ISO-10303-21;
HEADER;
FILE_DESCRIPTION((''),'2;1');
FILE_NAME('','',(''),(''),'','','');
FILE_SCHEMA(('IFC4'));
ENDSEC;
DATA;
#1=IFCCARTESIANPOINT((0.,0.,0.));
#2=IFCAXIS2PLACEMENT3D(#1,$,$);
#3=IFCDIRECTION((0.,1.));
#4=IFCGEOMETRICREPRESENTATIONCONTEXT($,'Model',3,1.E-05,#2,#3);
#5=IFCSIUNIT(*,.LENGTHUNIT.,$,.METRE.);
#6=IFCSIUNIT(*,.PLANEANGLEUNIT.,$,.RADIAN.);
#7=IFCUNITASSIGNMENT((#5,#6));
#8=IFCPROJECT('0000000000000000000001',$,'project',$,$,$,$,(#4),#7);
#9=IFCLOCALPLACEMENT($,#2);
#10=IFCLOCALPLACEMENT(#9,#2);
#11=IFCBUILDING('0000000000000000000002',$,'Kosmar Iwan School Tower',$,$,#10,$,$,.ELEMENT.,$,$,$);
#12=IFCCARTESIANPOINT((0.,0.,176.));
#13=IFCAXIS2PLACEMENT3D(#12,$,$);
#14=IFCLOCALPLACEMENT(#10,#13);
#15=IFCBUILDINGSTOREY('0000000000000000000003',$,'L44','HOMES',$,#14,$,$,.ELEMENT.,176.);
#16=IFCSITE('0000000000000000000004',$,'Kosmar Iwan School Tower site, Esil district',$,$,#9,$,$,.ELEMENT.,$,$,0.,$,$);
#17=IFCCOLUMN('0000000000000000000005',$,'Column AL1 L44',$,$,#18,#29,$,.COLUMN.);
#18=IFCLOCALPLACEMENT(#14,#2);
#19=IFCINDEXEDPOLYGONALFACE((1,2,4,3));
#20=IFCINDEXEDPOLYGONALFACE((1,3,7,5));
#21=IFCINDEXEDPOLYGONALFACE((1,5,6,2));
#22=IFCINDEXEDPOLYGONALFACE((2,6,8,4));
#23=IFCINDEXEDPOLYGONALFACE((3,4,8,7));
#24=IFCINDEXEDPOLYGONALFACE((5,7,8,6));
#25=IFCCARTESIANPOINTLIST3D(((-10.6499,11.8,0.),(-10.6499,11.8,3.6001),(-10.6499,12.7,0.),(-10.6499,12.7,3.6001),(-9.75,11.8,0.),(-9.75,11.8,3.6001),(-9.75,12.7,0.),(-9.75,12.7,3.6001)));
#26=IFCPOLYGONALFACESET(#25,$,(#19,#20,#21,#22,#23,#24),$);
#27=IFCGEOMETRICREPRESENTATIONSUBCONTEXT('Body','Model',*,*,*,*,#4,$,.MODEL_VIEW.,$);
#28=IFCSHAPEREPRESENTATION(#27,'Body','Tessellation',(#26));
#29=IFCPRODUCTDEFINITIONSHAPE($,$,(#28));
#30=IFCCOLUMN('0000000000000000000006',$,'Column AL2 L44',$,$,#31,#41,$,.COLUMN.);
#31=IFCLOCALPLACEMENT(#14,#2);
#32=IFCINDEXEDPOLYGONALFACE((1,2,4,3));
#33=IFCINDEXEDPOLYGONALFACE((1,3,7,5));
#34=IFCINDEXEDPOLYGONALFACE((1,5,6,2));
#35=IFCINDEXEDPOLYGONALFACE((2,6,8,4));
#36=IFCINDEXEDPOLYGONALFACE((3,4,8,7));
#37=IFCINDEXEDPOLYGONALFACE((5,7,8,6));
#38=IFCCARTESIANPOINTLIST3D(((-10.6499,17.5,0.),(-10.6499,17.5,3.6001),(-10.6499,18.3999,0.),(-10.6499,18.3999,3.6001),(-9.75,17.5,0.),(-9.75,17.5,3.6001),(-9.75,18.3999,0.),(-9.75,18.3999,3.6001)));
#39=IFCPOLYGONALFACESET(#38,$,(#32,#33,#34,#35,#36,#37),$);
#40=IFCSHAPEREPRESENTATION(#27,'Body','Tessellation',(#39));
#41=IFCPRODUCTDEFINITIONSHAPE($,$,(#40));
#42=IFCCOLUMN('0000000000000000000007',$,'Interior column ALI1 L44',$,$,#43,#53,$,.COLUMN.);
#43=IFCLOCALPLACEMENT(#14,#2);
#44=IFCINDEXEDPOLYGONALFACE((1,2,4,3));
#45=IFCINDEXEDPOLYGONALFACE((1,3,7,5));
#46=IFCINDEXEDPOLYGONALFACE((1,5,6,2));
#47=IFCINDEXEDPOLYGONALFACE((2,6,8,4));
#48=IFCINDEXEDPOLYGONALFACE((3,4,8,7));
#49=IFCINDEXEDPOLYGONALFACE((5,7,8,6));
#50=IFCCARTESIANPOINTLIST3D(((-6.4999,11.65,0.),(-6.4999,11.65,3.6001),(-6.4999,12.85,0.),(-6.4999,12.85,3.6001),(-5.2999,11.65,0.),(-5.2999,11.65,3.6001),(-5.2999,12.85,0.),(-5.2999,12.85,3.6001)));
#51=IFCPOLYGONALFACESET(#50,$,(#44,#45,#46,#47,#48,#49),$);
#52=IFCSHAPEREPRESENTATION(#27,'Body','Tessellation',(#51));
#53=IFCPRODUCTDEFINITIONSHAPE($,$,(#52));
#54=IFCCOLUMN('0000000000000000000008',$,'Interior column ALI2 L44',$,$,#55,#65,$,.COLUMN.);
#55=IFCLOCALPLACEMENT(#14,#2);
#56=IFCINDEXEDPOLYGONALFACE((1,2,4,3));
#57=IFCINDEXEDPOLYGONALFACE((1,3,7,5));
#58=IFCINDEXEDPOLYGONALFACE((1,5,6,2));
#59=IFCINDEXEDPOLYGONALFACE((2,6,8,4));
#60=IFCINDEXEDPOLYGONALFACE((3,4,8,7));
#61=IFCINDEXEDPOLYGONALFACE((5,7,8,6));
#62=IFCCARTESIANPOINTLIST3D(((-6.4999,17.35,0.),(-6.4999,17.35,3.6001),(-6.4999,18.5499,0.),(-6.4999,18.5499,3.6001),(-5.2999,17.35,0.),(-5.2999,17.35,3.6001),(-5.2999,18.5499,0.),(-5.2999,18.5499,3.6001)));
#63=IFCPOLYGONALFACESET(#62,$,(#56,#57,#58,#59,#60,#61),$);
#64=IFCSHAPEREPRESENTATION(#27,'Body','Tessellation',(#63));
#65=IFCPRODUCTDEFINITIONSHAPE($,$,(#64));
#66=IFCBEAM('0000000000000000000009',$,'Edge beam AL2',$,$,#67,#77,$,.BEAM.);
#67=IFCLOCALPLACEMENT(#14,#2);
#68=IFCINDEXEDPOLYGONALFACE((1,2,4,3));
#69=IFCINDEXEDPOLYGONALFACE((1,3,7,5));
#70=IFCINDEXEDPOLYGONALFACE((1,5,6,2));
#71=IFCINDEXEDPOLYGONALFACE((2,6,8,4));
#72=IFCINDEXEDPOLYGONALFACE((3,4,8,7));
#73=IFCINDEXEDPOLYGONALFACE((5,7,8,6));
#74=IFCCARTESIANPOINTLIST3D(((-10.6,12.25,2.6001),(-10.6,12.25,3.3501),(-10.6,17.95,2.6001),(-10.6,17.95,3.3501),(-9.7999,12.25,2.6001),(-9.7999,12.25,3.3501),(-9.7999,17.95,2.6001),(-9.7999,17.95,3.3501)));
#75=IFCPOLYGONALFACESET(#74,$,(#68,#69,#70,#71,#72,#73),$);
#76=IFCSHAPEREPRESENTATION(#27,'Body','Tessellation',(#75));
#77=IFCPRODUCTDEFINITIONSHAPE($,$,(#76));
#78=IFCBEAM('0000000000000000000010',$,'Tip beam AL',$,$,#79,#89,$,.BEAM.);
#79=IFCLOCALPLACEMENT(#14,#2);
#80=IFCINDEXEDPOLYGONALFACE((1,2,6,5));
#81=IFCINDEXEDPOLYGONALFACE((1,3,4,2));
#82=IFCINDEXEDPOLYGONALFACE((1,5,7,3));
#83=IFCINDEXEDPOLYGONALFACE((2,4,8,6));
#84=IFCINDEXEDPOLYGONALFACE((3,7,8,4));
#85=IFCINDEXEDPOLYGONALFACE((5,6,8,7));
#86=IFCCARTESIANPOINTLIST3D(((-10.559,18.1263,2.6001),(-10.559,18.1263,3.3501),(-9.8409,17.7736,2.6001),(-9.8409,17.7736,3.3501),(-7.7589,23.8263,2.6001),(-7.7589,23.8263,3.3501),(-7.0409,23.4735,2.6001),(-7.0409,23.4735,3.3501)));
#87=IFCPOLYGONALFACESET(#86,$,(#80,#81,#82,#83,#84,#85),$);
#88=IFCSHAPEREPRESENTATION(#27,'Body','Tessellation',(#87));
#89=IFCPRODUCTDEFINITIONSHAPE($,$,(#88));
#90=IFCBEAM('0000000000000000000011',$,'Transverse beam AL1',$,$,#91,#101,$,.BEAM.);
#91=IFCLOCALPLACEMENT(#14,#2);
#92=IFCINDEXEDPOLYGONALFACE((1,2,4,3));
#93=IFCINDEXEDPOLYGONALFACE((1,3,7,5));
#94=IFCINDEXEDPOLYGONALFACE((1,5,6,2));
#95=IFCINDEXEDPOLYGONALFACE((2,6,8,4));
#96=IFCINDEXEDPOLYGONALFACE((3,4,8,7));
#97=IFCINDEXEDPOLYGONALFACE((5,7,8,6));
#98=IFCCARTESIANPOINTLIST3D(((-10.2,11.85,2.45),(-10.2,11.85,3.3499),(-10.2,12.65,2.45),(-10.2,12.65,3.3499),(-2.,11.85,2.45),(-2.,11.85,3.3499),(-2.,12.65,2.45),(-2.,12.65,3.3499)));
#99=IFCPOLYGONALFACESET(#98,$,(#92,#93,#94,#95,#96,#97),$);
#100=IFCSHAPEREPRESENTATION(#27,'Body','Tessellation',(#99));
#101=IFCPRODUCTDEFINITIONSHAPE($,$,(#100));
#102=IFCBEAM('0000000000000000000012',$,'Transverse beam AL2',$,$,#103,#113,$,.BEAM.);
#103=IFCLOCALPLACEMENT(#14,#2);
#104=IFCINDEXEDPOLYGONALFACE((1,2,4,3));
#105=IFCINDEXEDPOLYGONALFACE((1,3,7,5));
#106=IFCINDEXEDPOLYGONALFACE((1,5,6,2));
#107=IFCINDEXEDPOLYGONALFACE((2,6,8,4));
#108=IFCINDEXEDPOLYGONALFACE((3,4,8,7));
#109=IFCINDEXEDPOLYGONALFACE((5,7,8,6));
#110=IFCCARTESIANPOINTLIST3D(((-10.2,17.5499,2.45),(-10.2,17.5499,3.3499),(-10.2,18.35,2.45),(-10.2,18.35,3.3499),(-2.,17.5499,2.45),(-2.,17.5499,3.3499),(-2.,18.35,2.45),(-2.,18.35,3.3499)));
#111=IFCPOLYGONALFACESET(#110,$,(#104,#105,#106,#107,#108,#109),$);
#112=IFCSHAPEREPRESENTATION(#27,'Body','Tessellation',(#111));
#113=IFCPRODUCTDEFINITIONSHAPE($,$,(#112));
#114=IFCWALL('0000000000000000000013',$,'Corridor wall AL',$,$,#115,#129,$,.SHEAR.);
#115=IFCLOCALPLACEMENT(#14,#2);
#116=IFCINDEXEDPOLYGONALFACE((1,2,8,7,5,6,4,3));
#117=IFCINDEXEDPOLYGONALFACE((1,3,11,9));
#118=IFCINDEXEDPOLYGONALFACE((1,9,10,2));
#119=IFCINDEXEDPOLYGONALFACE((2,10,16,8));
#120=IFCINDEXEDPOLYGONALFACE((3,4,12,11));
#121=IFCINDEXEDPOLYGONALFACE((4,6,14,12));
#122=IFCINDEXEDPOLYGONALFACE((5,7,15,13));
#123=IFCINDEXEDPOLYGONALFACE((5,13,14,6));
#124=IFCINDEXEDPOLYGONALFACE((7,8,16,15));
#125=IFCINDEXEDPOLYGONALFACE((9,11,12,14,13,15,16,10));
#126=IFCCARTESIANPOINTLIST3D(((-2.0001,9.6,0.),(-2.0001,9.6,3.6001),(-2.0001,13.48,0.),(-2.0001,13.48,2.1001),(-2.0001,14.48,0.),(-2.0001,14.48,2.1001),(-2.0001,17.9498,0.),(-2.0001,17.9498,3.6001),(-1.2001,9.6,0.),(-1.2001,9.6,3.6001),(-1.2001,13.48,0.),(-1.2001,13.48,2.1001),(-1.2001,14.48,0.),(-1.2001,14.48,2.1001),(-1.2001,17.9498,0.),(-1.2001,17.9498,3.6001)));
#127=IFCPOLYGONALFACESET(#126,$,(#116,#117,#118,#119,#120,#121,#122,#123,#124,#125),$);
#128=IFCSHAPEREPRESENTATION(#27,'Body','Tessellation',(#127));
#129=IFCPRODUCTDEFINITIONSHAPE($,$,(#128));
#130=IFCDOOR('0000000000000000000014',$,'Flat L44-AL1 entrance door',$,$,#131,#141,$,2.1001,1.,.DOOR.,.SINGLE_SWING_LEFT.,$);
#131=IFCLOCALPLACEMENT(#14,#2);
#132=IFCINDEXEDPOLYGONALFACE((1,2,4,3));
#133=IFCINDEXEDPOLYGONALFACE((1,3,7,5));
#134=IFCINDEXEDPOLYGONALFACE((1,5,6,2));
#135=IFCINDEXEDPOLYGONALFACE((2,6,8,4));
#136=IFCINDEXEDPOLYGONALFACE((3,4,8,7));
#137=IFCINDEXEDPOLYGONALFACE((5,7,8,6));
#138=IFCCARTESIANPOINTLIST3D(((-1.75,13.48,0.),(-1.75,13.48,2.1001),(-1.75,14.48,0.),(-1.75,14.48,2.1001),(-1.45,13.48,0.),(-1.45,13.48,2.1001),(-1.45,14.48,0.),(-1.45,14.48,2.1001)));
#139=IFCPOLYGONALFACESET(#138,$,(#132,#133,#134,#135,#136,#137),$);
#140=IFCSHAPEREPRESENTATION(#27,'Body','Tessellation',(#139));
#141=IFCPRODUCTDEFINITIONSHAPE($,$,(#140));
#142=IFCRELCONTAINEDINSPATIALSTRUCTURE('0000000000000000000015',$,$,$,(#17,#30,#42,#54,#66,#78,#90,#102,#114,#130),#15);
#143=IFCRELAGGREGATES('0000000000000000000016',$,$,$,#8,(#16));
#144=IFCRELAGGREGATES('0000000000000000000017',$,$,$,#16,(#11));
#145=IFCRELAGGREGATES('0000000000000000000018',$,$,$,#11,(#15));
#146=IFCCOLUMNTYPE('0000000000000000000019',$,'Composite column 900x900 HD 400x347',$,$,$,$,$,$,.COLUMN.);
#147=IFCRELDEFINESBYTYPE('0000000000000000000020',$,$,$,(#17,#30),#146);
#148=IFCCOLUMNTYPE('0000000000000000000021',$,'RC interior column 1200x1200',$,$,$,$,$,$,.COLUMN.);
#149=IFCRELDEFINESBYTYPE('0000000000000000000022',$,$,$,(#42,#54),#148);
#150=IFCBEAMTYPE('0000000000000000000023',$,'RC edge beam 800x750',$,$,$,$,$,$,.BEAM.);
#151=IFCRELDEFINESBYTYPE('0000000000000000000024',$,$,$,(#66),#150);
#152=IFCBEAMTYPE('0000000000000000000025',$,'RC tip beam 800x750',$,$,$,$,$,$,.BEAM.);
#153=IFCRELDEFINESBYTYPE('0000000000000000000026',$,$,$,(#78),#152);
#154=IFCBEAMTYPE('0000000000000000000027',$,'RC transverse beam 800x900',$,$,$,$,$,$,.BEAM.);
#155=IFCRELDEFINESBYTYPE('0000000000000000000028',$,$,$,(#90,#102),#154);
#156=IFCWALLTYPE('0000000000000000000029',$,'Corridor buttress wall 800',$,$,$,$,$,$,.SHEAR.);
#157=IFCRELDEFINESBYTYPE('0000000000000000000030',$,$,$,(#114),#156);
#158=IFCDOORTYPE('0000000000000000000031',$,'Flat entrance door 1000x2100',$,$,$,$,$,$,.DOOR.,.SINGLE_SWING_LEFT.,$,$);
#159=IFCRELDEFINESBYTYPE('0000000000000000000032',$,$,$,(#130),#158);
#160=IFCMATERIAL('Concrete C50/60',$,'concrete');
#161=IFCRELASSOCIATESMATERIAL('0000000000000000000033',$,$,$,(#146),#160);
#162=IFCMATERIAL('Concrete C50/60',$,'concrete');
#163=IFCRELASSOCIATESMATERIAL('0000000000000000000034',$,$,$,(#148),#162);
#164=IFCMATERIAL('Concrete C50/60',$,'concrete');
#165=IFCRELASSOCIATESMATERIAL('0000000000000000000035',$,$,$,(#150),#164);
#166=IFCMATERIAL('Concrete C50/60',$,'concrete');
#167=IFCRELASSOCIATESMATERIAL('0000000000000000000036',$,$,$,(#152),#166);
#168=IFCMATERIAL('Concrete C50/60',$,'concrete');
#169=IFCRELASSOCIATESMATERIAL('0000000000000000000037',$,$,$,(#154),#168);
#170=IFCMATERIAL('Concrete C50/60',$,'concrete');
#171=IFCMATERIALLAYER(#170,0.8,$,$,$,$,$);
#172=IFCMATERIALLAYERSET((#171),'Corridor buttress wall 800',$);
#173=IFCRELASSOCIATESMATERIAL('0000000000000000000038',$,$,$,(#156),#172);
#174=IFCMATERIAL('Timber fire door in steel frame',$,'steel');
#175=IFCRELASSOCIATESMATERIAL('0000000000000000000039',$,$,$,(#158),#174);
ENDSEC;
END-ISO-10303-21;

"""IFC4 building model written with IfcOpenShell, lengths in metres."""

from ifc_helpers import new_model, si_unit, direction, frame, frame_2d, origin, origin_2d, place, context, subcontext, project, spatial, rectangle, extrude, material, layer, layer_set, material_profile, profile_set, type_object, element, fill, save


model = new_model("IFC4")

# Units and contexts
model_context = context("Model", 3, precision=1e-05, world=origin(), true_north=direction((0.0, 1.0)))
body_context = subcontext(model_context, "Body", "Model", "MODEL_VIEW")
ifc_project = project(units=[si_unit("LENGTHUNIT", "METRE"), si_unit("PLANEANGLEUNIT", "RADIAN")], contexts=[model_context])

# Site, building, storey
site_placement = place(None, origin())
site = spatial("IfcSite", under=ifc_project, at=site_placement, Name="Kosmar Iwan School Tower site, Esil district", CompositionType="ELEMENT", RefElevation=0.0)
building_placement = place(site_placement, origin())
building = spatial("IfcBuilding", under=site, at=building_placement, Name="Kosmar Iwan School Tower", CompositionType="ELEMENT")
storey_placement = place(building_placement, frame((0.0, 0.0, 176.0)))
storey = spatial("IfcBuildingStorey", under=building, at=storey_placement, Name="L44", Description="HOMES", CompositionType="ELEMENT", Elevation=176.0)

# Columns
ifc_material_1 = material(Name="Concrete C50/60", Category="concrete")
ifc_material_profile_1 = material_profile(ifc_material_1, rectangle(XDim=0.8999, YDim=0.8999, at=origin_2d()), Name="RC 900x900 + HD 400x347")
ifc_profile_set_1 = profile_set([ifc_material_profile_1], Name="Concrete C50/60")
column_type_1 = type_object("IfcColumnType", Name="Composite column 900x900 HD 400x347", PredefinedType="COLUMN", material=ifc_profile_set_1)
for number, where, z_axis, x_axis, name in (
    (1, (-10.2, 12.25, 0.0), (0.0, 0.0, 1.0), (0.0, 1.0, 0.0), "Column AL1 L44"),
    (2, (-10.2, 17.95, 0.0), (0.0, 0.0, 1.0), (0.0, 1.0, 0.0), "Column AL2 L44"),
):
    element("IfcColumn", number, at=place(storey_placement, frame(where, z_axis=z_axis, x_axis=x_axis)), inside=storey, type_object=column_type_1, Name=name, PredefinedType="COLUMN", context=body_context, shape_type="SweptSolid", body=[
        extrude(rectangle(XDim=0.8999, YDim=0.8999, at=origin_2d()), origin(), (0.0, 0.0, 1.0), 3.6001),
    ])
ifc_material_2 = material(Name="Concrete C50/60", Category="concrete")
ifc_material_profile_2 = material_profile(ifc_material_2, rectangle(XDim=1.2, YDim=1.2, at=origin_2d()), Name="RC 1200x1200")
ifc_profile_set_2 = profile_set([ifc_material_profile_2], Name="Concrete C50/60")
column_type_2 = type_object("IfcColumnType", Name="RC interior column 1200x1200", PredefinedType="COLUMN", material=ifc_profile_set_2)
for number, where, z_axis, x_axis, name in (
    (3, (-5.8999, 12.25, 0.0), (0.0, 0.0, 1.0), (0.0, 1.0, 0.0), "Interior column ALI1 L44"),
    (4, (-5.8999, 17.95, 0.0), (0.0, 0.0, 1.0), (0.0, 1.0, 0.0), "Interior column ALI2 L44"),
):
    element("IfcColumn", number, at=place(storey_placement, frame(where, z_axis=z_axis, x_axis=x_axis)), inside=storey, type_object=column_type_2, Name=name, PredefinedType="COLUMN", context=body_context, shape_type="SweptSolid", body=[
        extrude(rectangle(XDim=1.2, YDim=1.2, at=origin_2d()), origin(), (0.0, 0.0, 1.0), 3.6001),
    ])

# Beams
ifc_material_3 = material(Name="Concrete C50/60", Category="concrete")
ifc_material_profile_3 = material_profile(ifc_material_3, rectangle(XDim=0.8, YDim=0.75, at=origin_2d()), Name="RC 800x750")
ifc_profile_set_3 = profile_set([ifc_material_profile_3], Name="Concrete C50/60")
beam_type_1 = type_object("IfcBeamType", Name="RC edge beam 800x750", PredefinedType="BEAM", material=ifc_profile_set_3)
beam_1_placement = place(storey_placement, frame((-10.2, 12.25, 2.9751), z_axis=(0.0, 1.0, 0.0), x_axis=(-1.0, 0.0, 0.0)))
element("IfcBeam", 5, at=beam_1_placement, inside=storey, type_object=beam_type_1, Name="Edge beam AL2", PredefinedType="BEAM", context=body_context, shape_type="SweptSolid", body=[
    extrude(rectangle(XDim=0.8, YDim=0.75, at=origin_2d()), origin(), (0.0, 0.0, 1.0), 5.7),
])
ifc_material_4 = material(Name="Concrete C50/60", Category="concrete")
ifc_material_profile_4 = material_profile(ifc_material_4, rectangle(XDim=0.8, YDim=0.75, at=origin_2d()), Name="RC 800x750")
ifc_profile_set_4 = profile_set([ifc_material_profile_4], Name="Concrete C50/60")
beam_type_2 = type_object("IfcBeamType", Name="RC tip beam 800x750", PredefinedType="BEAM", material=ifc_profile_set_4)
beam_2_placement = place(storey_placement, frame((-10.2, 17.95, 2.9751), z_axis=(0.440913, 0.89755, 0.0), x_axis=(-0.89755, 0.440913, 0.0)))
element("IfcBeam", 6, at=beam_2_placement, inside=storey, type_object=beam_type_2, Name="Tip beam AL", PredefinedType="BEAM", context=body_context, shape_type="SweptSolid", body=[
    extrude(rectangle(XDim=0.8, YDim=0.75, at=origin_2d()), origin(), (0.0, 0.0, 1.0), 6.3506),
])
ifc_material_5 = material(Name="Concrete C50/60", Category="concrete")
ifc_material_profile_5 = material_profile(ifc_material_5, rectangle(XDim=0.8, YDim=0.8999, at=origin_2d()), Name="RC 800x900")
ifc_profile_set_5 = profile_set([ifc_material_profile_5], Name="Concrete C50/60")
beam_type_3 = type_object("IfcBeamType", Name="RC transverse beam 800x900", PredefinedType="BEAM", material=ifc_profile_set_5)
for number, where, z_axis, x_axis, name in (
    (7, (-10.2, 12.25, 2.8999), (1.0, 0.0, 0.0), (0.0, 1.0, 0.0), "Transverse beam AL1"),
    (8, (-10.2, 17.95, 2.8999), (1.0, 0.0, 0.0), (0.0, 1.0, 0.0), "Transverse beam AL2"),
):
    element("IfcBeam", number, at=place(storey_placement, frame(where, z_axis=z_axis, x_axis=x_axis)), inside=storey, type_object=beam_type_3, Name=name, PredefinedType="BEAM", context=body_context, shape_type="SweptSolid", body=[
        extrude(rectangle(XDim=0.8, YDim=0.8999, at=origin_2d()), origin(), (0.0, 0.0, 1.0), 8.2),
    ])

# Wall, opening, door
ifc_material_6 = material(Name="Concrete C50/60", Category="concrete")
ifc_layer_1 = layer(ifc_material_6, 0.8)
ifc_layer_set_1 = layer_set([ifc_layer_1], Name="Corridor buttress wall 800")
wall_type_1 = type_object("IfcWallType", Name="Corridor buttress wall 800", PredefinedType="SHEAR", material=ifc_layer_set_1)
wall_1_placement = place(storey_placement, frame((-1.6001, 9.6001, 0.0), z_axis=(0.0, 0.0, 1.0), x_axis=(0.0, 1.0, 0.0)))
wall_1 = element("IfcWall", 9, at=wall_1_placement, inside=storey, type_object=wall_type_1, Name="Corridor wall AL", PredefinedType="SHEAR", context=body_context, shape_type="SweptSolid", body=[
    extrude(rectangle(XDim=8.3499, YDim=0.8, at=frame_2d((4.1748, 0.0))), origin(), (0.0, 0.0, 1.0), 3.6001),
])
opening_1_placement = place(wall_1_placement, frame((3.8799, 0.0, 0.0)))
opening_1 = element("IfcOpeningElement", 10, at=opening_1_placement, cuts=wall_1, PredefinedType="OPENING", context=body_context, shape_type="SweptSolid", body=[
    extrude(rectangle(XDim=1.0, YDim=2.1001, at=frame_2d((0.5, 1.05))), frame((0.0, 0.4121, 0.0), z_axis=(0.0, -1.0, 0.0), x_axis=(1.0, 0.0, 0.0)), (0.0, 0.0, 1.0), 0.824),
])
ifc_material_7 = material(Name="Timber fire door in steel frame", Category="steel")
door_type_1 = type_object("IfcDoorType", Name="Flat entrance door 1000x2100", OperationType="SINGLE_SWING_LEFT", PredefinedType="DOOR", material=ifc_material_7)
door_1_placement = place(opening_1_placement, origin())
door_1 = element("IfcDoor", 11, at=door_1_placement, inside=storey, type_object=door_type_1, Name="Flat L44-AL1 entrance door", OperationType="SINGLE_SWING_LEFT", OverallHeight=2.1001, OverallWidth=1.0, PredefinedType="DOOR", context=body_context, shape_type="SweptSolid", body=[
    extrude(rectangle(XDim=1.0, YDim=2.1001, at=frame_2d((0.5, 1.05))), frame((0.0, 0.1499, 0.0), z_axis=(0.0, -1.0, 0.0), x_axis=(1.0, 0.0, 0.0)), (0.0, 0.0, 1.0), 0.3),
])
fill(opening_1, door_1)

save(model, "model.ifc")
